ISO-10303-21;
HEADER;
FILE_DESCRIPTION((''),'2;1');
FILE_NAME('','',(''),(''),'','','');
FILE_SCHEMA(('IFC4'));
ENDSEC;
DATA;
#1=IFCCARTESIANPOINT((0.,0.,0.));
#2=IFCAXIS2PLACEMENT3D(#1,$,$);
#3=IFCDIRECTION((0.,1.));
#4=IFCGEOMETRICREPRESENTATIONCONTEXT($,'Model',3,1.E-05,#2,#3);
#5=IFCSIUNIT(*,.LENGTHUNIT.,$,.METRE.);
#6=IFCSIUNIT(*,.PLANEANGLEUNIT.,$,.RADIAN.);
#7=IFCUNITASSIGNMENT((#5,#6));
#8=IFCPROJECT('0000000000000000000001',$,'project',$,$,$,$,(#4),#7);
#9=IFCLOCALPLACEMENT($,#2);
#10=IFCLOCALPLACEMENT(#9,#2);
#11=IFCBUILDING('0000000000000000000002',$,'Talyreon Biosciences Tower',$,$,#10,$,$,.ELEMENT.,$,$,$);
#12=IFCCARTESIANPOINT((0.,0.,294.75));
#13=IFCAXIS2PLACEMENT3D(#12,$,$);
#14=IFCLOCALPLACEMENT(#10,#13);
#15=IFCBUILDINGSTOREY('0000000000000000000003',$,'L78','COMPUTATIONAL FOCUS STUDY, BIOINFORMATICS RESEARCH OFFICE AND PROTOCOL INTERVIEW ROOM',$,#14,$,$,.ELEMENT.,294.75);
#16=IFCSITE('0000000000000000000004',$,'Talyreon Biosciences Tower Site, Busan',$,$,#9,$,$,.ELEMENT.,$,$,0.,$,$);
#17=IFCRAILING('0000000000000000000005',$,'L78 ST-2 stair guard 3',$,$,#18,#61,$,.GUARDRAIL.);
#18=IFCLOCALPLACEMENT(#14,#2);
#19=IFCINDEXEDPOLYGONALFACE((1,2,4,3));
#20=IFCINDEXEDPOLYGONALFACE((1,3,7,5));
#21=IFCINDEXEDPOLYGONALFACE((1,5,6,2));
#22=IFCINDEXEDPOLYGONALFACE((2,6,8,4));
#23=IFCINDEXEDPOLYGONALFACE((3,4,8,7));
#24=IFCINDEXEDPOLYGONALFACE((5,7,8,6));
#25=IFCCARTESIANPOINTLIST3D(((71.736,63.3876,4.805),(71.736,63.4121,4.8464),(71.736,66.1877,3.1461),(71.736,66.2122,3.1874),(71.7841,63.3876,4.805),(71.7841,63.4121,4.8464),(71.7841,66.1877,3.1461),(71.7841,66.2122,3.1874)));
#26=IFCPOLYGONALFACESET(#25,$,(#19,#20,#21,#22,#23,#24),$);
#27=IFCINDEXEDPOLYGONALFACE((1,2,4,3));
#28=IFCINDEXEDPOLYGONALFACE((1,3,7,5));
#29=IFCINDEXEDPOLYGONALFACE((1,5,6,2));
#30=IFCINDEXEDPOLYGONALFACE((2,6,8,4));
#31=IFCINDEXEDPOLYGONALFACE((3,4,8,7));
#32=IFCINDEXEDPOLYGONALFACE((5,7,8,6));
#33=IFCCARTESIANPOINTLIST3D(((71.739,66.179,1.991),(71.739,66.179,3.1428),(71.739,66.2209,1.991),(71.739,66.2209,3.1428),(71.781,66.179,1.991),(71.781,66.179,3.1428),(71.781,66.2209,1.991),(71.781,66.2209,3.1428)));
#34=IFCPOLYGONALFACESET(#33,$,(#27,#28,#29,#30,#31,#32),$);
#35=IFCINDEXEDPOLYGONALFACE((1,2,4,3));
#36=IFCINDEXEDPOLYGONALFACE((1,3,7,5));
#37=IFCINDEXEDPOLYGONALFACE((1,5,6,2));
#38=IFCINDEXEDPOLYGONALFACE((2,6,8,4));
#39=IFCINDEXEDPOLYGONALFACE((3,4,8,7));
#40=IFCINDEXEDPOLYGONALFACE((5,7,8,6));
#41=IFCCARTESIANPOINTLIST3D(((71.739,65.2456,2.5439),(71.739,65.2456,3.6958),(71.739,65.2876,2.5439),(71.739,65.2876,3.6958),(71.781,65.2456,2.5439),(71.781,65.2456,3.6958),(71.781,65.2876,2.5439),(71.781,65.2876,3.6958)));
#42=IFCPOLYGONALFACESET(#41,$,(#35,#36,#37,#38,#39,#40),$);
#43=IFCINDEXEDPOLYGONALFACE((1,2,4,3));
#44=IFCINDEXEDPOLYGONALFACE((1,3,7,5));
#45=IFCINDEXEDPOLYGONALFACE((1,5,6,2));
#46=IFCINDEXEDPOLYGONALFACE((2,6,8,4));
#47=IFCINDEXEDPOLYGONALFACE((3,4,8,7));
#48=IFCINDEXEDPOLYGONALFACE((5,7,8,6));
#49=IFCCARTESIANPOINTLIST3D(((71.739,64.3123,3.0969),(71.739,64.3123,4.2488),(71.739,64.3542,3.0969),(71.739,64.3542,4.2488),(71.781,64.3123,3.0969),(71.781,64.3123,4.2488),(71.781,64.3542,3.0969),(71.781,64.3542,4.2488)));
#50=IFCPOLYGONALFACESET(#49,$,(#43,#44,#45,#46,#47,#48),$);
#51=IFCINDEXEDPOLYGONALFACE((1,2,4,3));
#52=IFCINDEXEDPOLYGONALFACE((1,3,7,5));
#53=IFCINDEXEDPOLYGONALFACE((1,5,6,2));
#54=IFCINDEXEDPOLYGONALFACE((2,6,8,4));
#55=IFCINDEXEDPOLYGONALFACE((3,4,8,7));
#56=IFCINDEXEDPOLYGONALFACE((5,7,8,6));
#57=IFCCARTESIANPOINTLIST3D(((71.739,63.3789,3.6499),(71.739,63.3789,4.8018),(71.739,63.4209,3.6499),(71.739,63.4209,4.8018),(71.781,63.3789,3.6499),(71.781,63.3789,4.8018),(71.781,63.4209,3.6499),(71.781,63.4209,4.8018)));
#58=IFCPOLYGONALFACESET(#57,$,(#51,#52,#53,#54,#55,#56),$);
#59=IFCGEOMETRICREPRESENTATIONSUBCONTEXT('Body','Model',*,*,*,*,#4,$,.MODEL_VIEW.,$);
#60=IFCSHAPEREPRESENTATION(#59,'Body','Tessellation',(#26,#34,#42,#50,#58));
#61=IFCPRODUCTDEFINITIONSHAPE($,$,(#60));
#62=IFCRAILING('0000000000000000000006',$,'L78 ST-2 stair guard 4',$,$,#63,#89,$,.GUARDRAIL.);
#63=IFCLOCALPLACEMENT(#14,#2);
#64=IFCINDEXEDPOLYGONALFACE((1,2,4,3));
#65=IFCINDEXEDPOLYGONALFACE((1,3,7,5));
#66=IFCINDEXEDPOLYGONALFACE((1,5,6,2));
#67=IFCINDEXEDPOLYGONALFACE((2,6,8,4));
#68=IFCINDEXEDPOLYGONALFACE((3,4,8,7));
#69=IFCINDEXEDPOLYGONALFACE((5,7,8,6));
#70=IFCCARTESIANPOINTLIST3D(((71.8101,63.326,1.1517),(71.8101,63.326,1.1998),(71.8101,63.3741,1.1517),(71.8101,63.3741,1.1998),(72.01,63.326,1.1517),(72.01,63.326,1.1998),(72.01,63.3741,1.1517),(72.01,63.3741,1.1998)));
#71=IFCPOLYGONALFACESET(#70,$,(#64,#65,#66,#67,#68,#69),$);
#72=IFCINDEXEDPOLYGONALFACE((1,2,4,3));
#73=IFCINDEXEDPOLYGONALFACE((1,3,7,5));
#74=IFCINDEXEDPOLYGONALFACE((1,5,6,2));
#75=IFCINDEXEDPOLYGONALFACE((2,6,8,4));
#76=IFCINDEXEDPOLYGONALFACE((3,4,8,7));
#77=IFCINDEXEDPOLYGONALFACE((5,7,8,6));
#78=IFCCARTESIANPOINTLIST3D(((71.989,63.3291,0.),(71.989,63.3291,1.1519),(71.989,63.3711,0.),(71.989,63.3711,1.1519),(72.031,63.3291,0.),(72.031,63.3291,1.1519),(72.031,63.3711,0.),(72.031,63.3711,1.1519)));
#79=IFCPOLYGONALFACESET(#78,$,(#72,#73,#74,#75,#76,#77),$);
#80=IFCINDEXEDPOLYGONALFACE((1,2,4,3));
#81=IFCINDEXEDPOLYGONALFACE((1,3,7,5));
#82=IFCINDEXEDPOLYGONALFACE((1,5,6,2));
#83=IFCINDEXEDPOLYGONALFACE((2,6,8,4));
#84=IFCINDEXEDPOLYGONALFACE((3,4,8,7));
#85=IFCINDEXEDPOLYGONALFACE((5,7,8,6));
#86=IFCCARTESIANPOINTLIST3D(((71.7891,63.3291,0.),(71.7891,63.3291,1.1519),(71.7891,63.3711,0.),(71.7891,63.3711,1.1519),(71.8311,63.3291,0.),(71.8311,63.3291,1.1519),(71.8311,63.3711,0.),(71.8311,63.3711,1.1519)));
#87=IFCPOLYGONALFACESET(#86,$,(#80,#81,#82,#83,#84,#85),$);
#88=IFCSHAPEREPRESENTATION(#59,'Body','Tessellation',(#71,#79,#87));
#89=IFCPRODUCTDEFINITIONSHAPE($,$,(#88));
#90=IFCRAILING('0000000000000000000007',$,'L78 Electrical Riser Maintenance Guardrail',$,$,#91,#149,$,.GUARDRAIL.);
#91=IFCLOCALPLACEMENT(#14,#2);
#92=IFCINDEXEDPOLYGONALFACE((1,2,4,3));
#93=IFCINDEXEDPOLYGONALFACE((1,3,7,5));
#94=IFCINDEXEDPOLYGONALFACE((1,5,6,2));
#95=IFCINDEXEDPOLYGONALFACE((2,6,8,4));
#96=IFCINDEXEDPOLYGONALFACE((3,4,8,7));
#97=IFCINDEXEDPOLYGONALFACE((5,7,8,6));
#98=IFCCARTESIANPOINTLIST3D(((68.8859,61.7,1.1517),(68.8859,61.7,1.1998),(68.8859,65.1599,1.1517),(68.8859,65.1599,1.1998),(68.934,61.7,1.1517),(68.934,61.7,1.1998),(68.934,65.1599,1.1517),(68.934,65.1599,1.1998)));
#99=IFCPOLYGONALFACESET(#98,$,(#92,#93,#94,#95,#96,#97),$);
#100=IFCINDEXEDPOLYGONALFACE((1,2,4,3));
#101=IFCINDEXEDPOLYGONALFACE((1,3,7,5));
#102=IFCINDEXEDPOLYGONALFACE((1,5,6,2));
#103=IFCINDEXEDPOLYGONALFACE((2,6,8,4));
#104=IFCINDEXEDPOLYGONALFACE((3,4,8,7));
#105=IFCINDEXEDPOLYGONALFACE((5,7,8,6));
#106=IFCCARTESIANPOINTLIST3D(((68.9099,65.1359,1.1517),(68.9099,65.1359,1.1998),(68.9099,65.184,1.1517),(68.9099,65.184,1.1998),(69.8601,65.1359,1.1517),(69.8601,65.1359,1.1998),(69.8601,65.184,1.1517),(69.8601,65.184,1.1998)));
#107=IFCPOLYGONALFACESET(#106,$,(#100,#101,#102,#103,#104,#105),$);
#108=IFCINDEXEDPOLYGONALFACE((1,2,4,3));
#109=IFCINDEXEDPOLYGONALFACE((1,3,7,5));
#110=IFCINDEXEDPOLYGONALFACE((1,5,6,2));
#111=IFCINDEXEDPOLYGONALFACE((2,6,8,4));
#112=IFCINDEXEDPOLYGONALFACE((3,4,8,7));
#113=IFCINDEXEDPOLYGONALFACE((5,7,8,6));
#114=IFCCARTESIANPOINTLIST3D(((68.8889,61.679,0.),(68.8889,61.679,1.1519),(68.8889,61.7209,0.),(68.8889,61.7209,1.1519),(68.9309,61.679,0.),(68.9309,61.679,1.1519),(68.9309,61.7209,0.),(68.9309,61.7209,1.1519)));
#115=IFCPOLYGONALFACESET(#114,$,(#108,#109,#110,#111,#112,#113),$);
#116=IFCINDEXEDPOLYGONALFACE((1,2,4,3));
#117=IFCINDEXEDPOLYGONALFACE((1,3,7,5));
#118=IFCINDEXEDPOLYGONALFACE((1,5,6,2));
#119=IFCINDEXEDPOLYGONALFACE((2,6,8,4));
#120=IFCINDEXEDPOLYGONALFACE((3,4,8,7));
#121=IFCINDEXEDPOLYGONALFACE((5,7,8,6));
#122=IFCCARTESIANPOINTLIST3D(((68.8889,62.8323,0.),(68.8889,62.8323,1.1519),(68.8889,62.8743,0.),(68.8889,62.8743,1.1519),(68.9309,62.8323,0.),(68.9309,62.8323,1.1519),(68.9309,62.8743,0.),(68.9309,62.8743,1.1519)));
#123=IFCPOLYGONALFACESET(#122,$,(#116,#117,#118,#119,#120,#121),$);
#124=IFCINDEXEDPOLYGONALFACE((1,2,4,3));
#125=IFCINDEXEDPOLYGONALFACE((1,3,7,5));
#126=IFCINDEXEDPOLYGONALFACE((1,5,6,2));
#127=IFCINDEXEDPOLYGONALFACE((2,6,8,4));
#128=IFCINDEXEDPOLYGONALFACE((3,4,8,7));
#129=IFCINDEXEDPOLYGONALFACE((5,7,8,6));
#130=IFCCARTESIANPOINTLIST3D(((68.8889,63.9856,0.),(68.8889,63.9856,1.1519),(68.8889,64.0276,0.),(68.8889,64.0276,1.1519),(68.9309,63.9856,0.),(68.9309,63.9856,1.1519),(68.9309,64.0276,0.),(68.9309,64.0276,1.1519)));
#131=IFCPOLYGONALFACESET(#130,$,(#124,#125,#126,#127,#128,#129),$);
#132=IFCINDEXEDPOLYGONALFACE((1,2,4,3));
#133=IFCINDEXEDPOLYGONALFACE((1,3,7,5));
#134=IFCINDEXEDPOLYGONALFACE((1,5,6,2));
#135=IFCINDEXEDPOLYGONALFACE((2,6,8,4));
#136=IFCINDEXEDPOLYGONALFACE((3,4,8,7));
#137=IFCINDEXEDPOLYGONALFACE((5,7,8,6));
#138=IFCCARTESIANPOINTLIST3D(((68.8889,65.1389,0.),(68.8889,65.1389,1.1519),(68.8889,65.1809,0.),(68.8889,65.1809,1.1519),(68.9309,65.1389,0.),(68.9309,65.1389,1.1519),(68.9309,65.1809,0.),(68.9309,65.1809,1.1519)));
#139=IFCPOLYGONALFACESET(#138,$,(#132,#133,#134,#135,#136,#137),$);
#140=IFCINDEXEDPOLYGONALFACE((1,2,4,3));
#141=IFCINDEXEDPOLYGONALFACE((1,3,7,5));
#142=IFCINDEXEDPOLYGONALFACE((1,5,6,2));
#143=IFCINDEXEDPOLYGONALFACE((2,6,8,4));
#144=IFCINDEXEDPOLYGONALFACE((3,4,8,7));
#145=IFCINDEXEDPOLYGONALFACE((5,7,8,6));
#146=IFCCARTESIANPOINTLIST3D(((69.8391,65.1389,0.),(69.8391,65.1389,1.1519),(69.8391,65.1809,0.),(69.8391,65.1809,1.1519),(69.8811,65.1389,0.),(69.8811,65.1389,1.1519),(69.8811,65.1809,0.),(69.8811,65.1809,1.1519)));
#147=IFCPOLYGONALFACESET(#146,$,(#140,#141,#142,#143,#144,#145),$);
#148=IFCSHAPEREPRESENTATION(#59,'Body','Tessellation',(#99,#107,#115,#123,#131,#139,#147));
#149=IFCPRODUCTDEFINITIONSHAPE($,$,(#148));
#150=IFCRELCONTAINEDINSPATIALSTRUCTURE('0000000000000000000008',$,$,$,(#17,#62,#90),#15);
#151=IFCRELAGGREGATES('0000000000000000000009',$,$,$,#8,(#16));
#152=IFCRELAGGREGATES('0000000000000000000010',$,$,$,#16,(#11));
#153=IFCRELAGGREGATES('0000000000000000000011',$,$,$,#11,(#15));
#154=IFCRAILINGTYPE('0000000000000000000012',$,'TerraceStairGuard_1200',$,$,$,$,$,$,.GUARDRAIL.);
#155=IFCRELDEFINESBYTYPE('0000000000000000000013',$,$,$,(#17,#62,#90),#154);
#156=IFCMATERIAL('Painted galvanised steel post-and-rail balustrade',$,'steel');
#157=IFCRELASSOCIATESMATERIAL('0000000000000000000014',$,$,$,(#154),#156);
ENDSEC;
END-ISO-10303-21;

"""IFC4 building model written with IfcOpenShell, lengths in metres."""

from ifc_helpers import new_model, si_unit, direction, frame, origin, origin_2d, place, context, subcontext, project, spatial, rectangle, extrude, material, type_object, element, save


model = new_model("IFC4")

# Units and contexts
model_context = context("Model", 3, precision=1e-05, world=origin(), true_north=direction((0.0, 1.0)))
body_context = subcontext(model_context, "Body", "Model", "MODEL_VIEW")
ifc_project = project(units=[si_unit("LENGTHUNIT", "METRE"), si_unit("PLANEANGLEUNIT", "RADIAN")], contexts=[model_context])

# Site, building, storey
site_placement = place(None, origin())
site = spatial("IfcSite", under=ifc_project, at=site_placement, Name="Talyreon Biosciences Tower Site, Busan", CompositionType="ELEMENT", RefElevation=0.0)
building_placement = place(site_placement, origin())
building = spatial("IfcBuilding", under=site, at=building_placement, Name="Talyreon Biosciences Tower", CompositionType="ELEMENT")
storey_placement = place(building_placement, frame((0.0, 0.0, 294.75)))
storey = spatial("IfcBuildingStorey", under=building, at=storey_placement, Name="L78", Description="COMPUTATIONAL FOCUS STUDY, BIOINFORMATICS RESEARCH OFFICE AND PROTOCOL INTERVIEW ROOM", CompositionType="ELEMENT", Elevation=294.75)

# Railings
ifc_material_1 = material(Name="Painted galvanised steel post-and-rail balustrade", Category="steel")
railing_type_1 = type_object("IfcRailingType", Name="TerraceStairGuard_1200", PredefinedType="GUARDRAIL", material=ifc_material_1)
railing_1_placement = place(storey_placement, frame((71.76, 66.2, 1.991)))
element("IfcRailing", 1, at=railing_1_placement, inside=storey, type_object=railing_type_1, Name="L78 ST-2 stair guard 3", PredefinedType="GUARDRAIL", context=body_context, shape_type="SweptSolid", body=[
    extrude(rectangle(XDim=0.0481, YDim=0.0481, at=origin_2d()), frame((0.0, 0.0, 1.1758), z_axis=(0.0, -0.860339, 0.509722), x_axis=(1.0, 0.0, 0.0)), (0.0, 0.0, 1.0), 3.2546),
    extrude(rectangle(XDim=0.042, YDim=0.042, at=origin_2d()), origin(), (0.0, 0.0, 1.0), 1.1519),
    extrude(rectangle(XDim=0.042, YDim=0.042, at=origin_2d()), frame((0.0, -0.9333, 0.553)), (0.0, 0.0, 1.0), 1.1519),
    extrude(rectangle(XDim=0.042, YDim=0.042, at=origin_2d()), frame((0.0, -1.8667, 1.106)), (0.0, 0.0, 1.0), 1.1519),
    extrude(rectangle(XDim=0.042, YDim=0.042, at=origin_2d()), frame((0.0, -2.8, 1.6589)), (0.0, 0.0, 1.0), 1.1519),
])
railing_2_placement = place(storey_placement, frame((72.01, 63.3501, 0.0)))
element("IfcRailing", 2, at=railing_2_placement, inside=storey, type_object=railing_type_1, Name="L78 ST-2 stair guard 4", PredefinedType="GUARDRAIL", context=body_context, shape_type="SweptSolid", body=[
    extrude(rectangle(XDim=0.0481, YDim=0.0481, at=origin_2d()), frame((0.0, 0.0, 1.1758), z_axis=(-1.0, 0.0, 0.0), x_axis=(0.0, -1.0, 0.0)), (0.0, 0.0, 1.0), 0.2),
    extrude(rectangle(XDim=0.042, YDim=0.042, at=origin_2d()), origin(), (0.0, 0.0, 1.0), 1.1519),
    extrude(rectangle(XDim=0.042, YDim=0.042, at=origin_2d()), frame((-0.2, 0.0, 0.0)), (0.0, 0.0, 1.0), 1.1519),
])
railing_3_placement = place(storey_placement, frame((68.9099, 61.7, 0.0)))
element("IfcRailing", 3, at=railing_3_placement, inside=storey, type_object=railing_type_1, Name="L78 Electrical Riser Maintenance Guardrail", PredefinedType="GUARDRAIL", context=body_context, shape_type="SweptSolid", body=[
    extrude(rectangle(XDim=0.0481, YDim=0.0481, at=origin_2d()), frame((0.0, 0.0, 1.1758), z_axis=(0.0, 1.0, 0.0), x_axis=(-1.0, 0.0, 0.0)), (0.0, 0.0, 1.0), 3.46),
    extrude(rectangle(XDim=0.0481, YDim=0.0481, at=origin_2d()), frame((0.0, 3.46, 1.1758), z_axis=(1.0, 0.0, 0.0), x_axis=(0.0, 1.0, 0.0)), (0.0, 0.0, 1.0), 0.9502),
    extrude(rectangle(XDim=0.042, YDim=0.042, at=origin_2d()), origin(), (0.0, 0.0, 1.0), 1.1519),
    extrude(rectangle(XDim=0.042, YDim=0.042, at=origin_2d()), frame((0.0, 1.1533, 0.0)), (0.0, 0.0, 1.0), 1.1519),
    extrude(rectangle(XDim=0.042, YDim=0.042, at=origin_2d()), frame((0.0, 2.3066, 0.0)), (0.0, 0.0, 1.0), 1.1519),
    extrude(rectangle(XDim=0.042, YDim=0.042, at=origin_2d()), frame((0.0, 3.46, 0.0)), (0.0, 0.0, 1.0), 1.1519),
    extrude(rectangle(XDim=0.042, YDim=0.042, at=origin_2d()), frame((0.9502, 3.46, 0.0)), (0.0, 0.0, 1.0), 1.1519),
])

save(model, "model.ifc")
